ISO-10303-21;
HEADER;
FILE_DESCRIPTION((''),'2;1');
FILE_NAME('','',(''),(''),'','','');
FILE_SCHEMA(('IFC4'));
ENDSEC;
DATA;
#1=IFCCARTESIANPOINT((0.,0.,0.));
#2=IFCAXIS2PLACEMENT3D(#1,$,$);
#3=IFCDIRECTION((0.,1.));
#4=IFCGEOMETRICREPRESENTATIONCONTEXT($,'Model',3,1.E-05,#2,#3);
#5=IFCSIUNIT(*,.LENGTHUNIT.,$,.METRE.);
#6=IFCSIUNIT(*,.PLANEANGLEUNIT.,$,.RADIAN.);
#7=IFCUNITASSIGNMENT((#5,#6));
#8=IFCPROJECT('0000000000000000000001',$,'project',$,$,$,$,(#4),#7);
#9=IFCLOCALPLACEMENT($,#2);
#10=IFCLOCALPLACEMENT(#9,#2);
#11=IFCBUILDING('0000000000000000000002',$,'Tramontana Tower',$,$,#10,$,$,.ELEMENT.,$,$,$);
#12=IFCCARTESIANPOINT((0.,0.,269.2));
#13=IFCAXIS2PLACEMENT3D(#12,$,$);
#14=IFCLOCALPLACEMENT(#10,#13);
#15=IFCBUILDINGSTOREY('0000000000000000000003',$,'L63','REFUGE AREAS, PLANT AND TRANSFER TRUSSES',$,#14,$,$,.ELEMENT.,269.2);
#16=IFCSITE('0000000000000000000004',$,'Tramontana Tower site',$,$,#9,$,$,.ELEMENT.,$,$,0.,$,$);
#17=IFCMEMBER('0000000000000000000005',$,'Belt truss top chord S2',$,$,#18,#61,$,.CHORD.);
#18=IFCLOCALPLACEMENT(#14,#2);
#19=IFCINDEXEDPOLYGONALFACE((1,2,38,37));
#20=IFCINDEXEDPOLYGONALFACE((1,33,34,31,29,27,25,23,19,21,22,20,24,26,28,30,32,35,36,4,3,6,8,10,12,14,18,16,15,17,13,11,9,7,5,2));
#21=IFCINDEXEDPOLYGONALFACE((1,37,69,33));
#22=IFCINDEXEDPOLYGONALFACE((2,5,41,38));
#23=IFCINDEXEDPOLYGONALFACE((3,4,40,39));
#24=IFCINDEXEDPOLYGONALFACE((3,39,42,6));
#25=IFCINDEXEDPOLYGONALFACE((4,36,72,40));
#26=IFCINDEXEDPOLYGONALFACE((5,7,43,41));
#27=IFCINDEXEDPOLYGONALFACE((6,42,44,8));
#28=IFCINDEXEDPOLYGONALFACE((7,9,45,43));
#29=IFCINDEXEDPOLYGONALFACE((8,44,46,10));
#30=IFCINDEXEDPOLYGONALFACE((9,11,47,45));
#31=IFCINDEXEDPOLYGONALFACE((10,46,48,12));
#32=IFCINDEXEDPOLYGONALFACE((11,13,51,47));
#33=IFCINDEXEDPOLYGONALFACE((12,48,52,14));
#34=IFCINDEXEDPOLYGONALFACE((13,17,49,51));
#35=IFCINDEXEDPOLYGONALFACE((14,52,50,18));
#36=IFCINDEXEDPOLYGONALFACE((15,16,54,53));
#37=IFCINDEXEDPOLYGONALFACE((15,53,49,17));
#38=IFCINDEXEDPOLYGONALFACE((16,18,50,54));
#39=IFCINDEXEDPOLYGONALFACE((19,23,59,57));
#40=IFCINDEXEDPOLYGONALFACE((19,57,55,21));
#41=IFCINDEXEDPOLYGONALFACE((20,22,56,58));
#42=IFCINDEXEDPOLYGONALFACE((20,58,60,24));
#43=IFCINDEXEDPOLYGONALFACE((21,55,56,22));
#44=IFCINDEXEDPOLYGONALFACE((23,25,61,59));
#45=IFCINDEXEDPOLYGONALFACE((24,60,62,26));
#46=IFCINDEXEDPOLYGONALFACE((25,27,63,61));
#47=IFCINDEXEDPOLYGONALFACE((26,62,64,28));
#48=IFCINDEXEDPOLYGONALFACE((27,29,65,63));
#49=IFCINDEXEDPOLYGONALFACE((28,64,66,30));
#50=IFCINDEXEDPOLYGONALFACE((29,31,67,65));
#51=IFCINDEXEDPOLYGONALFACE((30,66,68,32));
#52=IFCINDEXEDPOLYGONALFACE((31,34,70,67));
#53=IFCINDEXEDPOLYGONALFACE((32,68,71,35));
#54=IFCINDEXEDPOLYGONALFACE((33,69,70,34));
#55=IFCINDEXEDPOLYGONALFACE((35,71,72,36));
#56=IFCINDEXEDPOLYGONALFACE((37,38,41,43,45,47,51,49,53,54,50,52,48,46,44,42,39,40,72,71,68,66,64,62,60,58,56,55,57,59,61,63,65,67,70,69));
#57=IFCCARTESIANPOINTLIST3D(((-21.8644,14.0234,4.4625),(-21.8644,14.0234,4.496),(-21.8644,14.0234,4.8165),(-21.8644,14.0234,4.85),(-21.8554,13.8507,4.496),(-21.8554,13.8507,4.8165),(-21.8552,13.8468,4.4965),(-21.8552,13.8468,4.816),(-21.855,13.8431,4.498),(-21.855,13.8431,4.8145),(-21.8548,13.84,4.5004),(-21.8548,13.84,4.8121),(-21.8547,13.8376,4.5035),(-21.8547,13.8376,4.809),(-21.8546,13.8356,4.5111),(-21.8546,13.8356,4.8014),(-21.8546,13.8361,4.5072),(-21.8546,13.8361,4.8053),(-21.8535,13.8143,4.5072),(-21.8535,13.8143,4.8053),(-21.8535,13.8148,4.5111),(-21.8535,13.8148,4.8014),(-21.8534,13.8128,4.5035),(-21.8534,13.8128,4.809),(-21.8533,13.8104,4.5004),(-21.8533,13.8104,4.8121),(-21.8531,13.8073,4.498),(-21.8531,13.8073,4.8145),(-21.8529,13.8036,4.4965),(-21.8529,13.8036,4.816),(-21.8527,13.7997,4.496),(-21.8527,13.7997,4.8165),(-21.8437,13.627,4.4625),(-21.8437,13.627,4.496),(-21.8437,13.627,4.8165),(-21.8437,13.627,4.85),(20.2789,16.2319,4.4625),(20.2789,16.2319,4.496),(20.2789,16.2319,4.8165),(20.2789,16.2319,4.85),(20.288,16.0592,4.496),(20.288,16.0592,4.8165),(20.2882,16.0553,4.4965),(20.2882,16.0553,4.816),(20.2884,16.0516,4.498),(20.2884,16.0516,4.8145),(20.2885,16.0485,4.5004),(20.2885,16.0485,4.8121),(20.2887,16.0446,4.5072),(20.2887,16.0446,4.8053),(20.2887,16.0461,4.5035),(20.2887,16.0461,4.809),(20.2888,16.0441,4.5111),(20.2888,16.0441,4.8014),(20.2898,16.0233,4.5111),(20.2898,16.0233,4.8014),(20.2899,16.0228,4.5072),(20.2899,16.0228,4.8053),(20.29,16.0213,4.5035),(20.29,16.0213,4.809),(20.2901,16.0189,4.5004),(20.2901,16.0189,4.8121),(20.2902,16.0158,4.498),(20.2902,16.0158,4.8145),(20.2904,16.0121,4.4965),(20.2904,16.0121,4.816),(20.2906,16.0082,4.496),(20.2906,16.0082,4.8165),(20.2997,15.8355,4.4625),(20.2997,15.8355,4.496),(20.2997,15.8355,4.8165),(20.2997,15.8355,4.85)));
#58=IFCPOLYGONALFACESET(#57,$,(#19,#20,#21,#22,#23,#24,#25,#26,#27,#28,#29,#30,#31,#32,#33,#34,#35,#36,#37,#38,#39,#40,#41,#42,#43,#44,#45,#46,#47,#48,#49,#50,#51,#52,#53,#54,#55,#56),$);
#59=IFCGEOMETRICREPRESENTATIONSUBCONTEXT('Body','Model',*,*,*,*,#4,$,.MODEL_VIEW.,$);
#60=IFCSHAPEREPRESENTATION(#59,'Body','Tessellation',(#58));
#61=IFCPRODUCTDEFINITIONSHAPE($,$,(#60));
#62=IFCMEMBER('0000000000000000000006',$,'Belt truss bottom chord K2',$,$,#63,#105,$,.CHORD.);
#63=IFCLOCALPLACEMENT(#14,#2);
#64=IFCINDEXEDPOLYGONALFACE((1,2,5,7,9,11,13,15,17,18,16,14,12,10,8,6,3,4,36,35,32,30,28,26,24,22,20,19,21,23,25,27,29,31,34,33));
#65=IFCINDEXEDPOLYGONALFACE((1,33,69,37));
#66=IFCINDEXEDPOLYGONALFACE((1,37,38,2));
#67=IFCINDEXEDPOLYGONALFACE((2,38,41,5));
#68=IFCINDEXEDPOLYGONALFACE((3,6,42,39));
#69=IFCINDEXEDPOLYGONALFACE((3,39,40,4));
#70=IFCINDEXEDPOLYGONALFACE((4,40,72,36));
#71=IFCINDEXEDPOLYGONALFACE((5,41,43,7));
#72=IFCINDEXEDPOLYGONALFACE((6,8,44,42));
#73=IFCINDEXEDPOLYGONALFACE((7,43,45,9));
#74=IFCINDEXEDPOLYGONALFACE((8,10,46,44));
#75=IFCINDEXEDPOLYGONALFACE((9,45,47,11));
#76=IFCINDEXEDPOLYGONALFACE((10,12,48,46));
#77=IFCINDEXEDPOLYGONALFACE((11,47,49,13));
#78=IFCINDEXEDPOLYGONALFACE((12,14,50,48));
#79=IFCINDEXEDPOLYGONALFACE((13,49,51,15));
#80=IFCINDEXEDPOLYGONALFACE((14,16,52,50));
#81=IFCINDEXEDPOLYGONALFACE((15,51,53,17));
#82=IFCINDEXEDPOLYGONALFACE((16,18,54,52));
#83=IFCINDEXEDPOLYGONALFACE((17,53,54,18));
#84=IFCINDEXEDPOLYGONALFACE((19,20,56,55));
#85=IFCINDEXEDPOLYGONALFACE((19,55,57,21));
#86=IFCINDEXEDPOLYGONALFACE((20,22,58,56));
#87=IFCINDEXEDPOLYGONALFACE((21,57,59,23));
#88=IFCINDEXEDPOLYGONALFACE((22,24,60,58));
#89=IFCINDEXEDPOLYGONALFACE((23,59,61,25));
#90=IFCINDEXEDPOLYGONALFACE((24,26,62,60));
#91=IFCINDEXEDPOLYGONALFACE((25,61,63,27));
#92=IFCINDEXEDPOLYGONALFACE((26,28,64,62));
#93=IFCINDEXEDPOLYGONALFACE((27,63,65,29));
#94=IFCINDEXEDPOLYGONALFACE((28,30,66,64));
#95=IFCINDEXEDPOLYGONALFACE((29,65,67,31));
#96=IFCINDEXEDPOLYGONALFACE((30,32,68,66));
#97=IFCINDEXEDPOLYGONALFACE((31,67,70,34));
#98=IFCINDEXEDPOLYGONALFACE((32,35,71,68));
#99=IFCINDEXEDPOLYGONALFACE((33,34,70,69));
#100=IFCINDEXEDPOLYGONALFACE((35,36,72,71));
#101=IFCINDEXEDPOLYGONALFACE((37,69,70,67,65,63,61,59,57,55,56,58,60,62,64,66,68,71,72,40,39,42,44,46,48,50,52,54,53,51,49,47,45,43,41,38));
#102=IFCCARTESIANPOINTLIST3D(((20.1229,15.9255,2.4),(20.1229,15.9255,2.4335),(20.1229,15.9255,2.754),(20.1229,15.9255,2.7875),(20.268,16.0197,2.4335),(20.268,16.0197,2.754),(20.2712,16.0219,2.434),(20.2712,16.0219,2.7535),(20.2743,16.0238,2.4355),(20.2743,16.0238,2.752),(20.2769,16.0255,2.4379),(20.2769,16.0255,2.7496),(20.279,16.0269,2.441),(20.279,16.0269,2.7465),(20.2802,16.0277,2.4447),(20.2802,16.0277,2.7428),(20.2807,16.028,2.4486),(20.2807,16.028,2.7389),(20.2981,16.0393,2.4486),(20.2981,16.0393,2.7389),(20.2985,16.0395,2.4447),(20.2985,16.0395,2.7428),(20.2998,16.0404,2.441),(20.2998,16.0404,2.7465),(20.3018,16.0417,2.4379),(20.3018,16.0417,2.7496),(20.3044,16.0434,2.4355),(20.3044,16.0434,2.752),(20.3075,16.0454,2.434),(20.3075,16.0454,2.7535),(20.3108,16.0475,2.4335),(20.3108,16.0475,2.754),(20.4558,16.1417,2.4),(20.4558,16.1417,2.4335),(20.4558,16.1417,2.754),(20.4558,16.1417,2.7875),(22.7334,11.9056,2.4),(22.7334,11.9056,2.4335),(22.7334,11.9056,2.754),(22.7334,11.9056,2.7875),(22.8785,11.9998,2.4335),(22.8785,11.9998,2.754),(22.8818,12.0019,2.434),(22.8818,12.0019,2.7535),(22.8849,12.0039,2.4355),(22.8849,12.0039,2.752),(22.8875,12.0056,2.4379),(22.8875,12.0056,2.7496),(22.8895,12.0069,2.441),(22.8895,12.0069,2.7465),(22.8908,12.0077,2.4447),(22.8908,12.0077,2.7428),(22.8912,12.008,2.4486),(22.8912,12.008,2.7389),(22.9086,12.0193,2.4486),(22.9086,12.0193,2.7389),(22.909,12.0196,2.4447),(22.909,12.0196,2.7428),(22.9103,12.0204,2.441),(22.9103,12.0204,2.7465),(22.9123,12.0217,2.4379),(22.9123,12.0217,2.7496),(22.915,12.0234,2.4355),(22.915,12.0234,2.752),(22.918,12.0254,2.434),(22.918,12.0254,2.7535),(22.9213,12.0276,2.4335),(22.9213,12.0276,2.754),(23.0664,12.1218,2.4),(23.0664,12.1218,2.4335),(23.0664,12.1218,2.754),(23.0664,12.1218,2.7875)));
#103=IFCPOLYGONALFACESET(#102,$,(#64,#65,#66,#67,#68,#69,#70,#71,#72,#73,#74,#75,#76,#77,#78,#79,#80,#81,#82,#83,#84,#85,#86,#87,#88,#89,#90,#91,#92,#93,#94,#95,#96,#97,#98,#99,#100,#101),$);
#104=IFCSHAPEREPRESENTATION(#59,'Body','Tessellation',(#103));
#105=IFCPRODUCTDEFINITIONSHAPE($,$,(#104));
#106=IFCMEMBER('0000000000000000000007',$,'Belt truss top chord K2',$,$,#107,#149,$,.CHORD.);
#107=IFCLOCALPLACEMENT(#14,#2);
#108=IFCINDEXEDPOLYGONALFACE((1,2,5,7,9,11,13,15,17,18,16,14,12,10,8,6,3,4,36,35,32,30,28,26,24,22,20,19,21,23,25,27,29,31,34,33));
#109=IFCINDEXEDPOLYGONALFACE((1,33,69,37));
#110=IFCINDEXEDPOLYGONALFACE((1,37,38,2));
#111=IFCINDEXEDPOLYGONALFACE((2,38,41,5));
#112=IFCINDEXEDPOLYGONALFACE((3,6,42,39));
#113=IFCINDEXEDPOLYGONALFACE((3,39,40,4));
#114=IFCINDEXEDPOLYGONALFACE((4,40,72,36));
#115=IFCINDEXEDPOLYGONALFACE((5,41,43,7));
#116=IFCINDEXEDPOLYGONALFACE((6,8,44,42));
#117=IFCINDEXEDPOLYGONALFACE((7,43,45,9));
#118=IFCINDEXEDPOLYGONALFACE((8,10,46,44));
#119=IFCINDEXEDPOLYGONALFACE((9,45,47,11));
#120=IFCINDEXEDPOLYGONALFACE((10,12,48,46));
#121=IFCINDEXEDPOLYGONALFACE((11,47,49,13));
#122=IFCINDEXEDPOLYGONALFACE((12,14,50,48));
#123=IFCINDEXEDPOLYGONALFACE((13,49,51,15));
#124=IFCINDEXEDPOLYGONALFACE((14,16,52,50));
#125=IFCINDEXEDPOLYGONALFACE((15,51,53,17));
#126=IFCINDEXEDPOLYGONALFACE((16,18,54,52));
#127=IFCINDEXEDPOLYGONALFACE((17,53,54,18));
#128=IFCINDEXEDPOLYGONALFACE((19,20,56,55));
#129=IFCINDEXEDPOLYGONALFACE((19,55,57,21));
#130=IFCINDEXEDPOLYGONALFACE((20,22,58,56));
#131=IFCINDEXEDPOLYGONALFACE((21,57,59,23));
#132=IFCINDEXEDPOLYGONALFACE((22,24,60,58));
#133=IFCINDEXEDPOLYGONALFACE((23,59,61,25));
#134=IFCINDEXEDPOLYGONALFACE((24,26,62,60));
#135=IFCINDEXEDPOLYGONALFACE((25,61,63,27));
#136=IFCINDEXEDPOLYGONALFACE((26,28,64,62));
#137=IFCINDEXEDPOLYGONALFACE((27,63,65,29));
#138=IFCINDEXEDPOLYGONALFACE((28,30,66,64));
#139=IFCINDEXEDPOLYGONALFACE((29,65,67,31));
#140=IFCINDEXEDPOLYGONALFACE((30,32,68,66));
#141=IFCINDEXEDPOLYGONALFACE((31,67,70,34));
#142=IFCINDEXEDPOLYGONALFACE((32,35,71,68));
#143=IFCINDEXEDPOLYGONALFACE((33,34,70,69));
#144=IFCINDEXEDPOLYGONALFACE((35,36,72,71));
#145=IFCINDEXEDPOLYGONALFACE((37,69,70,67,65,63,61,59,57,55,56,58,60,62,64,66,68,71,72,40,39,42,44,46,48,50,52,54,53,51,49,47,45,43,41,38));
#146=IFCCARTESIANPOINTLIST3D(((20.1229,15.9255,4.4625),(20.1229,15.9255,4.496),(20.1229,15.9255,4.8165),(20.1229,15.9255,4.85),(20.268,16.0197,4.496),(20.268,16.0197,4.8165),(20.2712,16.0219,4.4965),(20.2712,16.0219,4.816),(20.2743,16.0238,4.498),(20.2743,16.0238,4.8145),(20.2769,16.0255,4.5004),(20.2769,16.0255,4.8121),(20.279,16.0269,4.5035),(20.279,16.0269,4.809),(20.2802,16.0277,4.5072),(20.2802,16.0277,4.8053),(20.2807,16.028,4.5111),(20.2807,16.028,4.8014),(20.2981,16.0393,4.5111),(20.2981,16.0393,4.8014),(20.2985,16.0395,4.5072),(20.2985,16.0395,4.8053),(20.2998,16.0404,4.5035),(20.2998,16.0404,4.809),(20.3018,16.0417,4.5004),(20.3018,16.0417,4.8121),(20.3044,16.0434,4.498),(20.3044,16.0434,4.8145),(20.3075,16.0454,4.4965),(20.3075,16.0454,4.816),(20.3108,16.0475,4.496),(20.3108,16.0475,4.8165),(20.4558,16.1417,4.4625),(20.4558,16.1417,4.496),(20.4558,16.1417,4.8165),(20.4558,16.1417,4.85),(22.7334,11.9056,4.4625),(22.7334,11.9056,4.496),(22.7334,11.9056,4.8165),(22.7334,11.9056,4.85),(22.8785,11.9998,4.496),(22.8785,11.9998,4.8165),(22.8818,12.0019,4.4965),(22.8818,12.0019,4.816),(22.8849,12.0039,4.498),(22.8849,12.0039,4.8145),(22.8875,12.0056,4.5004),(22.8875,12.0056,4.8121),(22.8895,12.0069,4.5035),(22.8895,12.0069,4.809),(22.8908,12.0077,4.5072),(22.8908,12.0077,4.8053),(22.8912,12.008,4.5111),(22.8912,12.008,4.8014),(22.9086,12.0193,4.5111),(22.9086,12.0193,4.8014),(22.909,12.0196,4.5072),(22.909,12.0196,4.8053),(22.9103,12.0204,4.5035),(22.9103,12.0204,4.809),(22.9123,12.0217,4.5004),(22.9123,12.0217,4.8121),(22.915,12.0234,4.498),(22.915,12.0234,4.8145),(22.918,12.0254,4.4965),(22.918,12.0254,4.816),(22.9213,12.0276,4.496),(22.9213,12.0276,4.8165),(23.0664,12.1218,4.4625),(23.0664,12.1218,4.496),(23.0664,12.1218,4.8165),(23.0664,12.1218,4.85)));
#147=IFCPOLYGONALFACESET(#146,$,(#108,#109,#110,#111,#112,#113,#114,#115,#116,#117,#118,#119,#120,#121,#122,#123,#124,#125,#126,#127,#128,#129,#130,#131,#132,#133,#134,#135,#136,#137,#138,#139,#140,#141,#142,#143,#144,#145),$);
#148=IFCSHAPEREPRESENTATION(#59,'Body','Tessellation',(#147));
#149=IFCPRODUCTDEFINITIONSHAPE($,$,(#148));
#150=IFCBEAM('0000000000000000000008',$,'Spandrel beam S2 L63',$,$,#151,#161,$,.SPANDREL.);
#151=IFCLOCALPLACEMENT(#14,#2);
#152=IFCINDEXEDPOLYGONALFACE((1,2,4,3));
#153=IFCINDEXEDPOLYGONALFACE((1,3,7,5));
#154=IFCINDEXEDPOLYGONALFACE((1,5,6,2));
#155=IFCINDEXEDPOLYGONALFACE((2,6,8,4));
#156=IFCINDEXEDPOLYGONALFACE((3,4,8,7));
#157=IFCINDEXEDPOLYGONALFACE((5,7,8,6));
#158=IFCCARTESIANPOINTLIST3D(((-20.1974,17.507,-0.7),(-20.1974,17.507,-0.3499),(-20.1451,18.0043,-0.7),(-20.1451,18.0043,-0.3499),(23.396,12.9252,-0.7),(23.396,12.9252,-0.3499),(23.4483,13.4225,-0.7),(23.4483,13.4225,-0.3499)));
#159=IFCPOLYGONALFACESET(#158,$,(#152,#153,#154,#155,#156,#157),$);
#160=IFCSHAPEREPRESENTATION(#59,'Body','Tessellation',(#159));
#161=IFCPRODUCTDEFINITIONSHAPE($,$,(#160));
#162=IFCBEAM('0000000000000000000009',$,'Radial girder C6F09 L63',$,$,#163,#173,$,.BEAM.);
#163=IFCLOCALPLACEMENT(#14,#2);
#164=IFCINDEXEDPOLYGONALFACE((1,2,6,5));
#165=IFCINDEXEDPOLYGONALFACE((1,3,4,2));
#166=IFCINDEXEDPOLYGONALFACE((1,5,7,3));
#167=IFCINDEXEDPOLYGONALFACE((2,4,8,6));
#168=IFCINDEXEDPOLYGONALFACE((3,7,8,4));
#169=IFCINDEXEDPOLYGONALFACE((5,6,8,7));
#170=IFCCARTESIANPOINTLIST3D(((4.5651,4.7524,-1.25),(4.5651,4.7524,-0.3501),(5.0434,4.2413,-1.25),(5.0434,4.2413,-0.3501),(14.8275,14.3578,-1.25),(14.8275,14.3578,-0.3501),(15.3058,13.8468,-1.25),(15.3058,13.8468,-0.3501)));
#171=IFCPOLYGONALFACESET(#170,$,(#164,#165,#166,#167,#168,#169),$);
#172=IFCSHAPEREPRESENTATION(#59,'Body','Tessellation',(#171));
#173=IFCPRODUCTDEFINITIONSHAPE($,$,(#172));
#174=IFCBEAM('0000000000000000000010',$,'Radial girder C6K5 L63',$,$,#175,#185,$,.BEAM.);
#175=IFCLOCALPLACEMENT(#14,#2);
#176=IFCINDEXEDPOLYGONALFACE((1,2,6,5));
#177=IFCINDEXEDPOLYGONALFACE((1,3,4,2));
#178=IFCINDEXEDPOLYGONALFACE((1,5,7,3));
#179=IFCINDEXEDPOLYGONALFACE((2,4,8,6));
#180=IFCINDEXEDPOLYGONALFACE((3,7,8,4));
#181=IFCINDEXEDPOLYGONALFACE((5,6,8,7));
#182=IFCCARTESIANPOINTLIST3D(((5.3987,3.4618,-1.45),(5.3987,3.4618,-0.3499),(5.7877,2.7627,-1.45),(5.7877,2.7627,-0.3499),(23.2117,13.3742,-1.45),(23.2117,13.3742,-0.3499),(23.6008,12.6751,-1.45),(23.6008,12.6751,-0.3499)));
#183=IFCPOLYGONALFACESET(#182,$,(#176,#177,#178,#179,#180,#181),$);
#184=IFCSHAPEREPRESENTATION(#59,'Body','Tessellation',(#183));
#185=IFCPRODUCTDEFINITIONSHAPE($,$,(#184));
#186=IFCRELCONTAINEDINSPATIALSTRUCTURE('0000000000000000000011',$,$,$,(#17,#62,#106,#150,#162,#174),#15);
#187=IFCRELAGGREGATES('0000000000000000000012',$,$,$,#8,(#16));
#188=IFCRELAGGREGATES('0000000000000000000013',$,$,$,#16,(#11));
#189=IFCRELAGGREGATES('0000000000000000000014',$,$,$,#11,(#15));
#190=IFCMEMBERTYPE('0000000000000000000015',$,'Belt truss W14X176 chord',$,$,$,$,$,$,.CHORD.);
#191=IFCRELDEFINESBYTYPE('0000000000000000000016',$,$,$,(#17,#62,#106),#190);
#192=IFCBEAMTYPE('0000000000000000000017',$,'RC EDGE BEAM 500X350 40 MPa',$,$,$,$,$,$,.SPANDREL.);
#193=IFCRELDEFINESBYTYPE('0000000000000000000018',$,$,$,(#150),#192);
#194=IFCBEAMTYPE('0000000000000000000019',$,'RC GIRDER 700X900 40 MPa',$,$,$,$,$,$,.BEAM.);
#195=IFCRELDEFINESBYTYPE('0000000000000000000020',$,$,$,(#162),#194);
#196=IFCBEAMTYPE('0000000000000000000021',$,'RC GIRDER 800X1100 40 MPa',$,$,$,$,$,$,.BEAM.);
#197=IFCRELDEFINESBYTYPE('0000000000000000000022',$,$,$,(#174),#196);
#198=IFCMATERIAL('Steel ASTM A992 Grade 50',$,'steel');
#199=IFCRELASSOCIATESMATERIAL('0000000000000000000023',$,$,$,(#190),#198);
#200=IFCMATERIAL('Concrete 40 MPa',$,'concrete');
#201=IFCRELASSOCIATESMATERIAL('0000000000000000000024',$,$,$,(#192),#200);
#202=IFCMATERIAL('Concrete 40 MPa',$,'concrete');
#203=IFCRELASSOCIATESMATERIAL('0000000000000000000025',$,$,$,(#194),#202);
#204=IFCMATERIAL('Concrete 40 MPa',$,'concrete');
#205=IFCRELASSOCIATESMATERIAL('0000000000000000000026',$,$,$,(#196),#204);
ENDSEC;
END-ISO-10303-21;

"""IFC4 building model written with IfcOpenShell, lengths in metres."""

from ifc_helpers import new_model, si_unit, direction, frame, origin, origin_2d, place, context, subcontext, project, spatial, rectangle, i_section, extrude, material, material_profile, profile_set, type_object, element, save


model = new_model("IFC4")

# Units and contexts
model_context = context("Model", 3, precision=1e-05, world=origin(), true_north=direction((0.0, 1.0)))
body_context = subcontext(model_context, "Body", "Model", "MODEL_VIEW")
ifc_project = project(units=[si_unit("LENGTHUNIT", "METRE"), si_unit("PLANEANGLEUNIT", "RADIAN")], contexts=[model_context])

# Site, building, storey
site_placement = place(None, origin())
site = spatial("IfcSite", under=ifc_project, at=site_placement, Name="Tramontana Tower site", CompositionType="ELEMENT", RefElevation=0.0)
building_placement = place(site_placement, origin())
building = spatial("IfcBuilding", under=site, at=building_placement, Name="Tramontana Tower", CompositionType="ELEMENT")
storey_placement = place(building_placement, frame((0.0, 0.0, 269.2)))
storey = spatial("IfcBuildingStorey", under=building, at=storey_placement, Name="L63", Description="REFUGE AREAS, PLANT AND TRANSFER TRUSSES", CompositionType="ELEMENT", Elevation=269.2)

# Members
ifc_material_1 = material(Name="Steel ASTM A992 Grade 50", Category="steel")
ifc_material_profile_1 = material_profile(ifc_material_1, i_section(OverallWidth=0.397, OverallDepth=0.3875, WebThickness=0.0208, FlangeThickness=0.0334, FilletRadius=0.0151, at=origin_2d()), Name="W14X176")
ifc_profile_set_1 = profile_set([ifc_material_profile_1], Name="Steel ASTM A992 Grade 50")
member_type_1 = type_object("IfcMemberType", Name="Belt truss W14X176 chord", PredefinedType="CHORD", material=ifc_profile_set_1)
for number, where, z_axis, x_axis, name in (
    (1, (20.2893, 16.0337, 4.6562), (-0.99863, -0.052333, 0.0), (0.052333, -0.99863, 0.0), "Belt truss top chord S2"),
):
    element("IfcMember", number, at=place(storey_placement, frame(where, z_axis=z_axis, x_axis=x_axis)), inside=storey, type_object=member_type_1, Name=name, PredefinedType="CHORD", context=body_context, shape_type="SweptSolid", body=[
        extrude(i_section(OverallWidth=0.397, OverallDepth=0.3875, WebThickness=0.0208, FlangeThickness=0.0334, FilletRadius=0.0151, at=origin_2d()), origin(), (0.0, 0.0, 1.0), 42.2012),
    ])
for number, where, z_axis, x_axis, name in (
    (2, (22.8999, 12.0137, 2.5938), (-0.544634, 0.838674, 0.0), (-0.838674, -0.544634, 0.0), "Belt truss bottom chord K2"),
    (3, (22.8999, 12.0137, 4.6562), (-0.544634, 0.838674, 0.0), (-0.838674, -0.544634, 0.0), "Belt truss top chord K2"),
):
    element("IfcMember", number, at=place(storey_placement, frame(where, z_axis=z_axis, x_axis=x_axis)), inside=storey, type_object=member_type_1, Name=name, PredefinedType="CHORD", context=body_context, shape_type="SweptSolid", body=[
        extrude(i_section(OverallWidth=0.397, OverallDepth=0.3875, WebThickness=0.0208, FlangeThickness=0.0334, FilletRadius=0.0151, at=origin_2d()), origin(), (0.0, 0.0, 1.0), 4.7932),
    ])

# Beams
ifc_material_2 = material(Name="Concrete 40 MPa", Category="concrete")
ifc_material_profile_2 = material_profile(ifc_material_2, rectangle(XDim=0.5, YDim=0.3501, at=origin_2d()), Name="RC EDGE BEAM 500X350 40 MPa")
ifc_profile_set_2 = profile_set([ifc_material_profile_2], Name="Concrete 40 MPa")
beam_type_1 = type_object("IfcBeamType", Name="RC EDGE BEAM 500X350 40 MPa", PredefinedType="SPANDREL", material=ifc_profile_set_2)
beam_1_placement = place(storey_placement, frame((23.4221, 13.1738, -0.5249), z_axis=(-0.994522, 0.104527, 0.0), x_axis=(-0.104527, -0.994522, 0.0)))
element("IfcBeam", 4, at=beam_1_placement, inside=storey, type_object=beam_type_1, Name="Spandrel beam S2 L63", PredefinedType="SPANDREL", context=body_context, shape_type="SweptSolid", body=[
    extrude(rectangle(XDim=0.5, YDim=0.3501, at=origin_2d()), origin(), (0.0, 0.0, 1.0), 43.8335),
])
ifc_material_3 = material(Name="Concrete 40 MPa", Category="concrete")
ifc_material_profile_3 = material_profile(ifc_material_3, rectangle(XDim=0.7, YDim=0.8999, at=origin_2d()), Name="RC GIRDER 700X900 40 MPa")
ifc_profile_set_3 = profile_set([ifc_material_profile_3], Name="Concrete 40 MPa")
beam_type_2 = type_object("IfcBeamType", Name="RC GIRDER 700X900 40 MPa", PredefinedType="BEAM", material=ifc_profile_set_3)
beam_2_placement = place(storey_placement, frame((15.0667, 14.1023, -0.8), z_axis=(-0.73009, -0.683351, 0.0), x_axis=(0.683351, -0.73009, 0.0)))
element("IfcBeam", 5, at=beam_2_placement, inside=storey, type_object=beam_type_2, Name="Radial girder C6F09 L63", PredefinedType="BEAM", context=body_context, shape_type="SweptSolid", body=[
    extrude(rectangle(XDim=0.7, YDim=0.8999, at=origin_2d()), origin(), (0.0, 0.0, 1.0), 14.0564),
])
ifc_material_4 = material(Name="Concrete 40 MPa", Category="concrete")
ifc_material_profile_4 = material_profile(ifc_material_4, rectangle(XDim=0.8, YDim=1.1001, at=origin_2d()), Name="RC GIRDER 800X1100 40 MPa")
ifc_profile_set_4 = profile_set([ifc_material_profile_4], Name="Concrete 40 MPa")
beam_type_3 = type_object("IfcBeamType", Name="RC GIRDER 800X1100 40 MPa", PredefinedType="BEAM", material=ifc_profile_set_4)
beam_3_placement = place(storey_placement, frame((23.4062, 13.0247, -0.8999), z_axis=(-0.873819, -0.486252, 0.0), x_axis=(0.486252, -0.873819, 0.0)))
element("IfcBeam", 6, at=beam_3_placement, inside=storey, type_object=beam_type_3, Name="Radial girder C6K5 L63", PredefinedType="BEAM", context=body_context, shape_type="SweptSolid", body=[
    extrude(rectangle(XDim=0.8, YDim=1.1001, at=origin_2d()), origin(), (0.0, 0.0, 1.0), 20.3853),
])

save(model, "model.ifc")
